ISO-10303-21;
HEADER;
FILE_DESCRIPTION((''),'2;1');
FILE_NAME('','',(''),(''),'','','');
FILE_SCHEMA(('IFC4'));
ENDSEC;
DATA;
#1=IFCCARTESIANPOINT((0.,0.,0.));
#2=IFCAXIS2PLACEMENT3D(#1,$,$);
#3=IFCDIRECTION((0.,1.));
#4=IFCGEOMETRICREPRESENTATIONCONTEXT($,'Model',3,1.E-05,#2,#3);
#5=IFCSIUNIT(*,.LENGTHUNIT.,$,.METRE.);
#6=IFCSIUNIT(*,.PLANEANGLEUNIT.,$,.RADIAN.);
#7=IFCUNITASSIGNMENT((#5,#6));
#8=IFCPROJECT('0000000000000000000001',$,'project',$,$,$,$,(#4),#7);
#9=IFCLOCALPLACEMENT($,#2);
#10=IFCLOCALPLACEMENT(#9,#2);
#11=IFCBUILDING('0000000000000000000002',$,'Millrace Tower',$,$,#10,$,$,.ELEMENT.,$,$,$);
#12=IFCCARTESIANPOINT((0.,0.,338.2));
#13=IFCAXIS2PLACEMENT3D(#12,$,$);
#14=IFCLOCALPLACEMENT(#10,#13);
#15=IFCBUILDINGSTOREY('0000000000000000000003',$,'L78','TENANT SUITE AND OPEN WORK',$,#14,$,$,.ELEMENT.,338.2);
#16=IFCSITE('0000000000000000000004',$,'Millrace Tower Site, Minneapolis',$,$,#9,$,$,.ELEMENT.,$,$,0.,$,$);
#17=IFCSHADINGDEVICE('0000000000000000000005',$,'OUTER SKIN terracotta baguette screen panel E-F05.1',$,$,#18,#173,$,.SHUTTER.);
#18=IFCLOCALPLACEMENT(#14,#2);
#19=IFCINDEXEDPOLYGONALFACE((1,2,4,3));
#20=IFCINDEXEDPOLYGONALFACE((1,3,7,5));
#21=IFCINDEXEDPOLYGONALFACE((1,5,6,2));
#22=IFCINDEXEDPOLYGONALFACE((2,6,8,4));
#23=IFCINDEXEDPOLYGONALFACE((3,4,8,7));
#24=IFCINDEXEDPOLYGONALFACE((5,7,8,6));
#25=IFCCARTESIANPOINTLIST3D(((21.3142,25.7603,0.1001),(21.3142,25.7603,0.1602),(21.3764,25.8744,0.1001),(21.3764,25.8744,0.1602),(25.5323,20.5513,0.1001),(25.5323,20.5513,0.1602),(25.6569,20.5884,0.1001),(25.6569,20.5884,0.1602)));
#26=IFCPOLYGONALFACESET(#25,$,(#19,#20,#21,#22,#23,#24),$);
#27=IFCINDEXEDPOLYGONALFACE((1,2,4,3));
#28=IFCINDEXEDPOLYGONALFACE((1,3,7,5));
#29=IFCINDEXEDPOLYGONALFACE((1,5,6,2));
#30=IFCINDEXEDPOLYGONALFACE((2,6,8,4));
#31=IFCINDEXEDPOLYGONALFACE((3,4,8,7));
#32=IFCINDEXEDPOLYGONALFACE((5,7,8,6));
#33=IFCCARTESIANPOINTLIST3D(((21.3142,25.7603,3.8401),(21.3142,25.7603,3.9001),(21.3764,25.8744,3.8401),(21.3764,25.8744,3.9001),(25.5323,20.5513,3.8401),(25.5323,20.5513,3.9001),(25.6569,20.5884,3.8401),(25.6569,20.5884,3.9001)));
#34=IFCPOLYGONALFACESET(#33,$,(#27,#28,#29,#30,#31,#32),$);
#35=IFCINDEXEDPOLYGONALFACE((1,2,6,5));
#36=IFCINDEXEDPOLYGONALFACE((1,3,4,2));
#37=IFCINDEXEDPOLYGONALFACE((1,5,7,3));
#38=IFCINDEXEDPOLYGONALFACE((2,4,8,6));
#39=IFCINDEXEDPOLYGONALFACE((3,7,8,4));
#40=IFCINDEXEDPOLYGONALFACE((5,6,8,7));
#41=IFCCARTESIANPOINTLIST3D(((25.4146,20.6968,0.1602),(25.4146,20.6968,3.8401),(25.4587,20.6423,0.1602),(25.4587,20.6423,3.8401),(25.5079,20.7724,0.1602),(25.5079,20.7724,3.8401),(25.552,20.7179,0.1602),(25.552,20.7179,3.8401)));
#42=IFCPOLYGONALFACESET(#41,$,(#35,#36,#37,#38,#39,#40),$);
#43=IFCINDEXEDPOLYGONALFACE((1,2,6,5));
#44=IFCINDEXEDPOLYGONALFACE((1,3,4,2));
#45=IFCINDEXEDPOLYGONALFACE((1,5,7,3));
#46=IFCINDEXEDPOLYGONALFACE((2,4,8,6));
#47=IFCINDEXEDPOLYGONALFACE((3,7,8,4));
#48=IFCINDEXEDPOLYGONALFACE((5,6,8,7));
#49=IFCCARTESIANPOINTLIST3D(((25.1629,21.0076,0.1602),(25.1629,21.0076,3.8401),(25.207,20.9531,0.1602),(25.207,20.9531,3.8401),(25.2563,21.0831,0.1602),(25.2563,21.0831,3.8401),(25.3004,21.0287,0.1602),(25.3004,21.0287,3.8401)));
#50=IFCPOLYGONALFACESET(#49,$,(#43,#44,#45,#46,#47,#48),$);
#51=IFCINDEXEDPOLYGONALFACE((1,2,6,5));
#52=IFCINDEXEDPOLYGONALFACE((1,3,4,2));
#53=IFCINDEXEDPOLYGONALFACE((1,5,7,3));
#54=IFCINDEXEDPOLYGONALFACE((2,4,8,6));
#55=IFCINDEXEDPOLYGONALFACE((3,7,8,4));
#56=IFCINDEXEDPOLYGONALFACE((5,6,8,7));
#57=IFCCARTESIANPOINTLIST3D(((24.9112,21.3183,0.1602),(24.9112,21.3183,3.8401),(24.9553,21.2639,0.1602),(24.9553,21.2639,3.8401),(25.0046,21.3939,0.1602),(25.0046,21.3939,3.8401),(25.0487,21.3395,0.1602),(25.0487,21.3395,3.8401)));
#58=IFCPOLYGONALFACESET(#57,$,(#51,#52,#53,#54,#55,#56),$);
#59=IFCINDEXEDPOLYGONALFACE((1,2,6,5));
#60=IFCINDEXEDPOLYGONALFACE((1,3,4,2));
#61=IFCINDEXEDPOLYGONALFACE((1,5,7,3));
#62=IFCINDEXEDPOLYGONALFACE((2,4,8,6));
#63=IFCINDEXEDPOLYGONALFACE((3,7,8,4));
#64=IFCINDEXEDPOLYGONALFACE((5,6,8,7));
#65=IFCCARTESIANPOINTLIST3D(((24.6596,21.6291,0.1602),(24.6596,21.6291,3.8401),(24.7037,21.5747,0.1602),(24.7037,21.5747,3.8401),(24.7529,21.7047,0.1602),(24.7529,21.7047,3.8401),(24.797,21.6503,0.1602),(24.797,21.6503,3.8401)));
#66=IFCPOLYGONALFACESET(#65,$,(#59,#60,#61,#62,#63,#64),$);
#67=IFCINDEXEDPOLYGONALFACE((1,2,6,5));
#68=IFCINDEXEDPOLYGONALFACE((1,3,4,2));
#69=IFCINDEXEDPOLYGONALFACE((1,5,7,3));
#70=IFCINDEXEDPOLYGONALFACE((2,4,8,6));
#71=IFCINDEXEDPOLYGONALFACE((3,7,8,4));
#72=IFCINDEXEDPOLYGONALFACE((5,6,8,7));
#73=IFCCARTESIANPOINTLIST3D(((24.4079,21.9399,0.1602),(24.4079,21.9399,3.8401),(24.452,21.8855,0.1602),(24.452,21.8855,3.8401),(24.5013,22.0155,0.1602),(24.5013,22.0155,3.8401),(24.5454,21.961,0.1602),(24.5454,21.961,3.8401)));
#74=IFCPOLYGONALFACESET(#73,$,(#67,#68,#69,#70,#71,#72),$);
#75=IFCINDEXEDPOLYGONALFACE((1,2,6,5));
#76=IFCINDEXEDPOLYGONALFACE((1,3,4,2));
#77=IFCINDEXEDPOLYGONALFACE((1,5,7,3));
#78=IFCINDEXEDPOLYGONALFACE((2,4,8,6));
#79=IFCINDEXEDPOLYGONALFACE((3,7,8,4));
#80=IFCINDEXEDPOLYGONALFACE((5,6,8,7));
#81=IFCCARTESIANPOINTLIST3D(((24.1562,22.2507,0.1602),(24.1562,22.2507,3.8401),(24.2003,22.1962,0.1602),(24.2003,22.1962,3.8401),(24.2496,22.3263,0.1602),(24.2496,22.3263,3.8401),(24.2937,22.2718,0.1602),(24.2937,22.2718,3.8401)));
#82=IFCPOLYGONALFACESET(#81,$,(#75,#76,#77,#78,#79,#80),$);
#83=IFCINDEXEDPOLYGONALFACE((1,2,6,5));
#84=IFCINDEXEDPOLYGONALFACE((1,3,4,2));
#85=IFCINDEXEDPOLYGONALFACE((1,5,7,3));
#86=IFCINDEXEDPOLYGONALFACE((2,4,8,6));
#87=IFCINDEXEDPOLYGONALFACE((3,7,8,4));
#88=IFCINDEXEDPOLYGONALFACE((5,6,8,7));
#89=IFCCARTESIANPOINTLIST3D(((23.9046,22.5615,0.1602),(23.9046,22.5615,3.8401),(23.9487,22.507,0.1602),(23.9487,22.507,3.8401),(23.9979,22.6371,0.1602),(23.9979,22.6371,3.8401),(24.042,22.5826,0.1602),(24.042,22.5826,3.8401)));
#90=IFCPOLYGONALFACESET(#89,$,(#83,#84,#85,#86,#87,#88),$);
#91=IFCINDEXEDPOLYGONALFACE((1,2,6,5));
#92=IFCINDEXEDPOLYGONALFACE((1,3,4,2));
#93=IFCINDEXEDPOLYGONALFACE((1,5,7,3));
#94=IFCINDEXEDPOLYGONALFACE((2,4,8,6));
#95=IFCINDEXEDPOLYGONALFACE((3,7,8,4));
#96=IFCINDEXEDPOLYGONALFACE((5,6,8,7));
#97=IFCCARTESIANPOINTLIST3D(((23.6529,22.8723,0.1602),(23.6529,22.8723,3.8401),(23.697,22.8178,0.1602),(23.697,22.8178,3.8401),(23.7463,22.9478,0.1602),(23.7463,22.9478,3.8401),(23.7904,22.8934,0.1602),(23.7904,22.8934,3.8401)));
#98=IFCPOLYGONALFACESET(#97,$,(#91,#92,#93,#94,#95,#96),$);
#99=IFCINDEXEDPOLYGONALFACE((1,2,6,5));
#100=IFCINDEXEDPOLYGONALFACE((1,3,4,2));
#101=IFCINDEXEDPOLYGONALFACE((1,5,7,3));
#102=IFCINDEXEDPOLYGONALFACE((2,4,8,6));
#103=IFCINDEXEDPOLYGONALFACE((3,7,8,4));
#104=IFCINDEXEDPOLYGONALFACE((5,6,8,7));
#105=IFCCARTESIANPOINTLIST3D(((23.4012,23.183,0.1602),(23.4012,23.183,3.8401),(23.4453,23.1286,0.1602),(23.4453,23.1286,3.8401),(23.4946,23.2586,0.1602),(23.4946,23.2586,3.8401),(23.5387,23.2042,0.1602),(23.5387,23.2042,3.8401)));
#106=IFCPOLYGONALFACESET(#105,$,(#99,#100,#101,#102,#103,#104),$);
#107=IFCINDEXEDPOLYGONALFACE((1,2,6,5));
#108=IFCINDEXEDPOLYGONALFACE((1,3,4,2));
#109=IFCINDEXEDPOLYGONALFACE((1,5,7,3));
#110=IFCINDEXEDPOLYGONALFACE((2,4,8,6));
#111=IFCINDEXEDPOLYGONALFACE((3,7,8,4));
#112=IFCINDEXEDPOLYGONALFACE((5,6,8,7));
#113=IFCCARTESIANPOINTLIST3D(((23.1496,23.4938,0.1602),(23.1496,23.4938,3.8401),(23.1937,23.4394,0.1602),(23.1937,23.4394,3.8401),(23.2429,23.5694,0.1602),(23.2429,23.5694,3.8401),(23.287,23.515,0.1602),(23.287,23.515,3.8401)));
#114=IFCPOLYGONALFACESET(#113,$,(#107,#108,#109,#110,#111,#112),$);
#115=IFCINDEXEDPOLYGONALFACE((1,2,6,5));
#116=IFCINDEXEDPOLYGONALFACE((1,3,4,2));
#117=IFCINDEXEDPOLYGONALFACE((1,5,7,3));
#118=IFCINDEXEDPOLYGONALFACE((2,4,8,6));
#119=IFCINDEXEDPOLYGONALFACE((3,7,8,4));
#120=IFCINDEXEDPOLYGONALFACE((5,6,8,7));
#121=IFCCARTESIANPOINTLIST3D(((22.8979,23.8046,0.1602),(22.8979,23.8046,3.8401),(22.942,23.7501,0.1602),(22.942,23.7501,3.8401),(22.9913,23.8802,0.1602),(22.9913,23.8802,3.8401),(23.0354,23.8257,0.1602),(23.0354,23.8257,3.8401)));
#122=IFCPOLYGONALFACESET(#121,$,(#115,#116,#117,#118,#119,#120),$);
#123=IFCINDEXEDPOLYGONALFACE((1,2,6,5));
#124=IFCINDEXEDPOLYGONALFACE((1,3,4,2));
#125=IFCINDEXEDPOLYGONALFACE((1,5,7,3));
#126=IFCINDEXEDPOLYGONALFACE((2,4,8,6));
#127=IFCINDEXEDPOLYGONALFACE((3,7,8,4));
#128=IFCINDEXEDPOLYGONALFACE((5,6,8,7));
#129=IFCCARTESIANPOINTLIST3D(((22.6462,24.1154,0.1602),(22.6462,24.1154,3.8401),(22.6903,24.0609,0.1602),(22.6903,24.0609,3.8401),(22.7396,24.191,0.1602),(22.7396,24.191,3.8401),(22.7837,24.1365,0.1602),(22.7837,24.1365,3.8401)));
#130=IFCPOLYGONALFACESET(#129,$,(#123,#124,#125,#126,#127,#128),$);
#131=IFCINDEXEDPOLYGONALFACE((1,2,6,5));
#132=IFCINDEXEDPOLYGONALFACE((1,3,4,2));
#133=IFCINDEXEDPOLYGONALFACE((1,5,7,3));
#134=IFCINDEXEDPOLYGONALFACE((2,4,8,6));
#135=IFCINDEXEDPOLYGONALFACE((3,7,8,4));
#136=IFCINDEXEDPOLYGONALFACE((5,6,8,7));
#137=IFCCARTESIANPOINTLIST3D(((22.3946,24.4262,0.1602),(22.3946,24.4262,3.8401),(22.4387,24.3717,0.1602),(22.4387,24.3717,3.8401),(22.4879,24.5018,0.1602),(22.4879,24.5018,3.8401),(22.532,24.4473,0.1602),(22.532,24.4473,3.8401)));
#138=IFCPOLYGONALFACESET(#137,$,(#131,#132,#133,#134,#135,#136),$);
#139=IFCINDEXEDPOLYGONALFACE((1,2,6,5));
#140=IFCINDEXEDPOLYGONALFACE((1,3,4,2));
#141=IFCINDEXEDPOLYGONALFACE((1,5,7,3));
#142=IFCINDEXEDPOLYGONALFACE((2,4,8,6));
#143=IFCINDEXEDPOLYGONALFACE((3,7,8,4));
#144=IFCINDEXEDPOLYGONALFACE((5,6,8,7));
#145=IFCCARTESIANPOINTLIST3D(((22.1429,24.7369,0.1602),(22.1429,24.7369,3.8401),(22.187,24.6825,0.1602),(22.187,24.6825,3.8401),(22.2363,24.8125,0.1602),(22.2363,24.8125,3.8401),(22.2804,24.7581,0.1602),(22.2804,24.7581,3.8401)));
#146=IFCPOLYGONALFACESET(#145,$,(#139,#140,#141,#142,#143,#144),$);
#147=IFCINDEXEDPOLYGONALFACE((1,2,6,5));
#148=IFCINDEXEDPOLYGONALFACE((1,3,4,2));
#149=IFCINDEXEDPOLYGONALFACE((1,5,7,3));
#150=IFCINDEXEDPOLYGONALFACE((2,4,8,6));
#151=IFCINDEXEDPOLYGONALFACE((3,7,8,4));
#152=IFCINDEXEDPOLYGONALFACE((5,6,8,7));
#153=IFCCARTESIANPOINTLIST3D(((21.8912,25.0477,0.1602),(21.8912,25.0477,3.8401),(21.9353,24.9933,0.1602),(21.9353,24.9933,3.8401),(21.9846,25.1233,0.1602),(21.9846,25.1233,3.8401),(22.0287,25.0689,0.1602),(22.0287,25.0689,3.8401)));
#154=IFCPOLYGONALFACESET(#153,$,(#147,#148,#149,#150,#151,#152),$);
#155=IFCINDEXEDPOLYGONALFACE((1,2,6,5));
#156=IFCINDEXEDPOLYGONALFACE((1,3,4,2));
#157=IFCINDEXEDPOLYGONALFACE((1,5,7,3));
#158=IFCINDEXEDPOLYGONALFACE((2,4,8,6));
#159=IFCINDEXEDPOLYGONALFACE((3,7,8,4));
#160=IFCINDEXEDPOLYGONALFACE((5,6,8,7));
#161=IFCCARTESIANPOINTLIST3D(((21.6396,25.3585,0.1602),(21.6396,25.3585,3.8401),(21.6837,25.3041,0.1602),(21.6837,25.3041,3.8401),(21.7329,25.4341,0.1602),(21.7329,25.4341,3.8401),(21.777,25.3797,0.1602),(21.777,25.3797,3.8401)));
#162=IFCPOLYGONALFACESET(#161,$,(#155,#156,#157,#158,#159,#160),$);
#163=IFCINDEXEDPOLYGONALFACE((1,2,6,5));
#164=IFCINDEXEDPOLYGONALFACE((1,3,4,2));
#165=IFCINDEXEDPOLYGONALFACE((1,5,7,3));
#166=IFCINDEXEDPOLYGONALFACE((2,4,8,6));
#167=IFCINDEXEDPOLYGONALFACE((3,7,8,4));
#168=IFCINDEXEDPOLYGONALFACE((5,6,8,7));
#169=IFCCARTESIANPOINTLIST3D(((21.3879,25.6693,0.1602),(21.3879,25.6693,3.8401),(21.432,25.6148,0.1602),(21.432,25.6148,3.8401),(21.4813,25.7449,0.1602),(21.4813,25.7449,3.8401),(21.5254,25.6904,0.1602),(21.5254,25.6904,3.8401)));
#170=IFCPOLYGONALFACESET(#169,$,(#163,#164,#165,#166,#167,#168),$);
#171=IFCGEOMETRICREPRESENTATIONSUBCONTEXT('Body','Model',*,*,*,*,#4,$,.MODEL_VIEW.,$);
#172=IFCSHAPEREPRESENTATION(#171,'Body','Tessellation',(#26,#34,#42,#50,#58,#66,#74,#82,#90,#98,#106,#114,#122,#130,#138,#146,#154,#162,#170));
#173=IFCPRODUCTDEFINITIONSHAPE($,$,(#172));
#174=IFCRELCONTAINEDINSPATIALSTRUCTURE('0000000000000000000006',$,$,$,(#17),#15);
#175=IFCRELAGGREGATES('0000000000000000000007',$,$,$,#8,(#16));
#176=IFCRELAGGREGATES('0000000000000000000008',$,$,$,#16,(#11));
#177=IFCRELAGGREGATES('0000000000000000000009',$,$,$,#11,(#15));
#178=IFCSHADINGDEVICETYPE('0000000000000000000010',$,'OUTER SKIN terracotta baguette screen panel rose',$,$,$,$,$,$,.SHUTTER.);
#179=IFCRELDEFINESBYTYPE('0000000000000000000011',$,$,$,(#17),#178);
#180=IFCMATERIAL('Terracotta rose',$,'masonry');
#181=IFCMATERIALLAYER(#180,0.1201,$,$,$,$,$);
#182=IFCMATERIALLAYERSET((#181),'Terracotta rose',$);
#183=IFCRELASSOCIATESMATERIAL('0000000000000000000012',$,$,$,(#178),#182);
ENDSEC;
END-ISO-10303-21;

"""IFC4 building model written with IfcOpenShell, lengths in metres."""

from ifc_helpers import new_model, entity, si_unit, direction, frame, frame_2d, origin, origin_2d, place, context, subcontext, project, spatial, rectangle, extrude, source, transform, mapped, material, layer, layer_set, type_object, element, save


model = new_model("IFC4")

# Units and contexts
model_context = context("Model", 3, precision=1e-05, world=origin(), true_north=direction((0.0, 1.0)))
body_context = subcontext(model_context, "Body", "Model", "MODEL_VIEW")
ifc_project = project(units=[si_unit("LENGTHUNIT", "METRE"), si_unit("PLANEANGLEUNIT", "RADIAN")], contexts=[model_context])

# Site, building, storey
site_placement = place(None, origin())
site = spatial("IfcSite", under=ifc_project, at=site_placement, Name="Millrace Tower Site, Minneapolis", CompositionType="ELEMENT", RefElevation=0.0)
building_placement = place(site_placement, origin())
building = spatial("IfcBuilding", under=site, at=building_placement, Name="Millrace Tower", CompositionType="ELEMENT")
storey_placement = place(building_placement, frame((0.0, 0.0, 338.2)))
storey = spatial("IfcBuildingStorey", under=building, at=storey_placement, Name="L78", Description="TENANT SUITE AND OPEN WORK", CompositionType="ELEMENT", Elevation=338.2)

# Shading device
ifc_material_1 = material(Name="Terracotta rose", Category="masonry")
ifc_layer_1 = layer(ifc_material_1, 0.1201)
ifc_layer_set_1 = layer_set([ifc_layer_1], Name="Terracotta rose")
shading_device_type = type_object("IfcShadingDeviceType", Name="OUTER SKIN terracotta baguette screen panel rose", PredefinedType="SHUTTER", material=ifc_layer_set_1)
cartesian_point_1 = entity("IfcCartesianPoint", [-3.3513, 0.0601])
shared_polyline_1 = entity("IfcPolyline", [cartesian_point_1, entity("IfcCartesianPoint", [3.3513, 0.0601]), entity("IfcCartesianPoint", [3.4009, -0.0601]), entity("IfcCartesianPoint", [-3.4009, -0.0601]), cartesian_point_1])
shared_shape_1 = source(origin(), body_context, "Body", "SweptSolid", [
    entity("IfcExtrudedAreaSolid", entity("IfcArbitraryClosedProfileDef", "AREA", None, shared_polyline_1), entity("IfcAxis2Placement3D", entity("IfcCartesianPoint", [0.0, 0.0, 0.0])), entity("IfcDirection", [0.0, 0.0, 1.0]), 0.0601),
    entity("IfcExtrudedAreaSolid", entity("IfcArbitraryClosedProfileDef", "AREA", None, shared_polyline_1), entity("IfcAxis2Placement3D", entity("IfcCartesianPoint", [0.0, 0.0, 3.74])), entity("IfcDirection", [0.0, 0.0, 1.0]), 0.0601),
    extrude(rectangle(XDim=0.0701, YDim=0.1201, at=frame_2d((-3.1992, 0.0))), frame((0.0, 0.0, 0.0601)), (0.0, 0.0, 1.0), 3.6799),
    extrude(rectangle(XDim=0.0701, YDim=0.1201, at=frame_2d((-2.7993, 0.0))), frame((0.0, 0.0, 0.0601)), (0.0, 0.0, 1.0), 3.6799),
    extrude(rectangle(XDim=0.0701, YDim=0.1201, at=frame_2d((-2.3994, 0.0))), frame((0.0, 0.0, 0.0601)), (0.0, 0.0, 1.0), 3.6799),
    extrude(rectangle(XDim=0.0701, YDim=0.1201, at=frame_2d((-1.9995, 0.0))), frame((0.0, 0.0, 0.0601)), (0.0, 0.0, 1.0), 3.6799),
    extrude(rectangle(XDim=0.0701, YDim=0.1201, at=frame_2d((-1.5996, 0.0))), frame((0.0, 0.0, 0.0601)), (0.0, 0.0, 1.0), 3.6799),
    extrude(rectangle(XDim=0.0701, YDim=0.1201, at=frame_2d((-1.1997, 0.0))), frame((0.0, 0.0, 0.0601)), (0.0, 0.0, 1.0), 3.6799),
    extrude(rectangle(XDim=0.0701, YDim=0.1201, at=frame_2d((-0.7998, 0.0))), frame((0.0, 0.0, 0.0601)), (0.0, 0.0, 1.0), 3.6799),
    extrude(rectangle(XDim=0.0701, YDim=0.1201, at=frame_2d((-0.3999, 0.0))), frame((0.0, 0.0, 0.0601)), (0.0, 0.0, 1.0), 3.6799),
    extrude(rectangle(XDim=0.0701, YDim=0.1201, at=origin_2d()), frame((0.0, 0.0, 0.0601)), (0.0, 0.0, 1.0), 3.6799),
    extrude(rectangle(XDim=0.0701, YDim=0.1201, at=frame_2d((0.3999, 0.0))), frame((0.0, 0.0, 0.0601)), (0.0, 0.0, 1.0), 3.6799),
    extrude(rectangle(XDim=0.0701, YDim=0.1201, at=frame_2d((0.7998, 0.0))), frame((0.0, 0.0, 0.0601)), (0.0, 0.0, 1.0), 3.6799),
    extrude(rectangle(XDim=0.0701, YDim=0.1201, at=frame_2d((1.1997, 0.0))), frame((0.0, 0.0, 0.0601)), (0.0, 0.0, 1.0), 3.6799),
    extrude(rectangle(XDim=0.0701, YDim=0.1201, at=frame_2d((1.5996, 0.0))), frame((0.0, 0.0, 0.0601)), (0.0, 0.0, 1.0), 3.6799),
    extrude(rectangle(XDim=0.0701, YDim=0.1201, at=frame_2d((1.9995, 0.0))), frame((0.0, 0.0, 0.0601)), (0.0, 0.0, 1.0), 3.6799),
    extrude(rectangle(XDim=0.0701, YDim=0.1201, at=frame_2d((2.3994, 0.0))), frame((0.0, 0.0, 0.0601)), (0.0, 0.0, 1.0), 3.6799),
    extrude(rectangle(XDim=0.0701, YDim=0.1201, at=frame_2d((2.7993, 0.0))), frame((0.0, 0.0, 0.0601)), (0.0, 0.0, 1.0), 3.6799),
    extrude(rectangle(XDim=0.0701, YDim=0.1201, at=frame_2d((3.1992, 0.0))), frame((0.0, 0.0, 0.0601)), (0.0, 0.0, 1.0), 3.6799),
])
shading_device_1_placement = place(storey_placement, frame((23.47, 23.1936, 0.1001), z_axis=(0.0, 0.0, 1.0), x_axis=(-0.62932, 0.777146, 0.0)))
element("IfcShadingDevice", 1, at=shading_device_1_placement, inside=storey, type_object=shading_device_type, Name="OUTER SKIN terracotta baguette screen panel E-F05.1", PredefinedType="SHUTTER", context=body_context, shape_type="MappedRepresentation", body=[
    mapped(shared_shape_1, transform((0.0, 0.0, 0.0), scale=1.0)),
])

save(model, "model.ifc")
